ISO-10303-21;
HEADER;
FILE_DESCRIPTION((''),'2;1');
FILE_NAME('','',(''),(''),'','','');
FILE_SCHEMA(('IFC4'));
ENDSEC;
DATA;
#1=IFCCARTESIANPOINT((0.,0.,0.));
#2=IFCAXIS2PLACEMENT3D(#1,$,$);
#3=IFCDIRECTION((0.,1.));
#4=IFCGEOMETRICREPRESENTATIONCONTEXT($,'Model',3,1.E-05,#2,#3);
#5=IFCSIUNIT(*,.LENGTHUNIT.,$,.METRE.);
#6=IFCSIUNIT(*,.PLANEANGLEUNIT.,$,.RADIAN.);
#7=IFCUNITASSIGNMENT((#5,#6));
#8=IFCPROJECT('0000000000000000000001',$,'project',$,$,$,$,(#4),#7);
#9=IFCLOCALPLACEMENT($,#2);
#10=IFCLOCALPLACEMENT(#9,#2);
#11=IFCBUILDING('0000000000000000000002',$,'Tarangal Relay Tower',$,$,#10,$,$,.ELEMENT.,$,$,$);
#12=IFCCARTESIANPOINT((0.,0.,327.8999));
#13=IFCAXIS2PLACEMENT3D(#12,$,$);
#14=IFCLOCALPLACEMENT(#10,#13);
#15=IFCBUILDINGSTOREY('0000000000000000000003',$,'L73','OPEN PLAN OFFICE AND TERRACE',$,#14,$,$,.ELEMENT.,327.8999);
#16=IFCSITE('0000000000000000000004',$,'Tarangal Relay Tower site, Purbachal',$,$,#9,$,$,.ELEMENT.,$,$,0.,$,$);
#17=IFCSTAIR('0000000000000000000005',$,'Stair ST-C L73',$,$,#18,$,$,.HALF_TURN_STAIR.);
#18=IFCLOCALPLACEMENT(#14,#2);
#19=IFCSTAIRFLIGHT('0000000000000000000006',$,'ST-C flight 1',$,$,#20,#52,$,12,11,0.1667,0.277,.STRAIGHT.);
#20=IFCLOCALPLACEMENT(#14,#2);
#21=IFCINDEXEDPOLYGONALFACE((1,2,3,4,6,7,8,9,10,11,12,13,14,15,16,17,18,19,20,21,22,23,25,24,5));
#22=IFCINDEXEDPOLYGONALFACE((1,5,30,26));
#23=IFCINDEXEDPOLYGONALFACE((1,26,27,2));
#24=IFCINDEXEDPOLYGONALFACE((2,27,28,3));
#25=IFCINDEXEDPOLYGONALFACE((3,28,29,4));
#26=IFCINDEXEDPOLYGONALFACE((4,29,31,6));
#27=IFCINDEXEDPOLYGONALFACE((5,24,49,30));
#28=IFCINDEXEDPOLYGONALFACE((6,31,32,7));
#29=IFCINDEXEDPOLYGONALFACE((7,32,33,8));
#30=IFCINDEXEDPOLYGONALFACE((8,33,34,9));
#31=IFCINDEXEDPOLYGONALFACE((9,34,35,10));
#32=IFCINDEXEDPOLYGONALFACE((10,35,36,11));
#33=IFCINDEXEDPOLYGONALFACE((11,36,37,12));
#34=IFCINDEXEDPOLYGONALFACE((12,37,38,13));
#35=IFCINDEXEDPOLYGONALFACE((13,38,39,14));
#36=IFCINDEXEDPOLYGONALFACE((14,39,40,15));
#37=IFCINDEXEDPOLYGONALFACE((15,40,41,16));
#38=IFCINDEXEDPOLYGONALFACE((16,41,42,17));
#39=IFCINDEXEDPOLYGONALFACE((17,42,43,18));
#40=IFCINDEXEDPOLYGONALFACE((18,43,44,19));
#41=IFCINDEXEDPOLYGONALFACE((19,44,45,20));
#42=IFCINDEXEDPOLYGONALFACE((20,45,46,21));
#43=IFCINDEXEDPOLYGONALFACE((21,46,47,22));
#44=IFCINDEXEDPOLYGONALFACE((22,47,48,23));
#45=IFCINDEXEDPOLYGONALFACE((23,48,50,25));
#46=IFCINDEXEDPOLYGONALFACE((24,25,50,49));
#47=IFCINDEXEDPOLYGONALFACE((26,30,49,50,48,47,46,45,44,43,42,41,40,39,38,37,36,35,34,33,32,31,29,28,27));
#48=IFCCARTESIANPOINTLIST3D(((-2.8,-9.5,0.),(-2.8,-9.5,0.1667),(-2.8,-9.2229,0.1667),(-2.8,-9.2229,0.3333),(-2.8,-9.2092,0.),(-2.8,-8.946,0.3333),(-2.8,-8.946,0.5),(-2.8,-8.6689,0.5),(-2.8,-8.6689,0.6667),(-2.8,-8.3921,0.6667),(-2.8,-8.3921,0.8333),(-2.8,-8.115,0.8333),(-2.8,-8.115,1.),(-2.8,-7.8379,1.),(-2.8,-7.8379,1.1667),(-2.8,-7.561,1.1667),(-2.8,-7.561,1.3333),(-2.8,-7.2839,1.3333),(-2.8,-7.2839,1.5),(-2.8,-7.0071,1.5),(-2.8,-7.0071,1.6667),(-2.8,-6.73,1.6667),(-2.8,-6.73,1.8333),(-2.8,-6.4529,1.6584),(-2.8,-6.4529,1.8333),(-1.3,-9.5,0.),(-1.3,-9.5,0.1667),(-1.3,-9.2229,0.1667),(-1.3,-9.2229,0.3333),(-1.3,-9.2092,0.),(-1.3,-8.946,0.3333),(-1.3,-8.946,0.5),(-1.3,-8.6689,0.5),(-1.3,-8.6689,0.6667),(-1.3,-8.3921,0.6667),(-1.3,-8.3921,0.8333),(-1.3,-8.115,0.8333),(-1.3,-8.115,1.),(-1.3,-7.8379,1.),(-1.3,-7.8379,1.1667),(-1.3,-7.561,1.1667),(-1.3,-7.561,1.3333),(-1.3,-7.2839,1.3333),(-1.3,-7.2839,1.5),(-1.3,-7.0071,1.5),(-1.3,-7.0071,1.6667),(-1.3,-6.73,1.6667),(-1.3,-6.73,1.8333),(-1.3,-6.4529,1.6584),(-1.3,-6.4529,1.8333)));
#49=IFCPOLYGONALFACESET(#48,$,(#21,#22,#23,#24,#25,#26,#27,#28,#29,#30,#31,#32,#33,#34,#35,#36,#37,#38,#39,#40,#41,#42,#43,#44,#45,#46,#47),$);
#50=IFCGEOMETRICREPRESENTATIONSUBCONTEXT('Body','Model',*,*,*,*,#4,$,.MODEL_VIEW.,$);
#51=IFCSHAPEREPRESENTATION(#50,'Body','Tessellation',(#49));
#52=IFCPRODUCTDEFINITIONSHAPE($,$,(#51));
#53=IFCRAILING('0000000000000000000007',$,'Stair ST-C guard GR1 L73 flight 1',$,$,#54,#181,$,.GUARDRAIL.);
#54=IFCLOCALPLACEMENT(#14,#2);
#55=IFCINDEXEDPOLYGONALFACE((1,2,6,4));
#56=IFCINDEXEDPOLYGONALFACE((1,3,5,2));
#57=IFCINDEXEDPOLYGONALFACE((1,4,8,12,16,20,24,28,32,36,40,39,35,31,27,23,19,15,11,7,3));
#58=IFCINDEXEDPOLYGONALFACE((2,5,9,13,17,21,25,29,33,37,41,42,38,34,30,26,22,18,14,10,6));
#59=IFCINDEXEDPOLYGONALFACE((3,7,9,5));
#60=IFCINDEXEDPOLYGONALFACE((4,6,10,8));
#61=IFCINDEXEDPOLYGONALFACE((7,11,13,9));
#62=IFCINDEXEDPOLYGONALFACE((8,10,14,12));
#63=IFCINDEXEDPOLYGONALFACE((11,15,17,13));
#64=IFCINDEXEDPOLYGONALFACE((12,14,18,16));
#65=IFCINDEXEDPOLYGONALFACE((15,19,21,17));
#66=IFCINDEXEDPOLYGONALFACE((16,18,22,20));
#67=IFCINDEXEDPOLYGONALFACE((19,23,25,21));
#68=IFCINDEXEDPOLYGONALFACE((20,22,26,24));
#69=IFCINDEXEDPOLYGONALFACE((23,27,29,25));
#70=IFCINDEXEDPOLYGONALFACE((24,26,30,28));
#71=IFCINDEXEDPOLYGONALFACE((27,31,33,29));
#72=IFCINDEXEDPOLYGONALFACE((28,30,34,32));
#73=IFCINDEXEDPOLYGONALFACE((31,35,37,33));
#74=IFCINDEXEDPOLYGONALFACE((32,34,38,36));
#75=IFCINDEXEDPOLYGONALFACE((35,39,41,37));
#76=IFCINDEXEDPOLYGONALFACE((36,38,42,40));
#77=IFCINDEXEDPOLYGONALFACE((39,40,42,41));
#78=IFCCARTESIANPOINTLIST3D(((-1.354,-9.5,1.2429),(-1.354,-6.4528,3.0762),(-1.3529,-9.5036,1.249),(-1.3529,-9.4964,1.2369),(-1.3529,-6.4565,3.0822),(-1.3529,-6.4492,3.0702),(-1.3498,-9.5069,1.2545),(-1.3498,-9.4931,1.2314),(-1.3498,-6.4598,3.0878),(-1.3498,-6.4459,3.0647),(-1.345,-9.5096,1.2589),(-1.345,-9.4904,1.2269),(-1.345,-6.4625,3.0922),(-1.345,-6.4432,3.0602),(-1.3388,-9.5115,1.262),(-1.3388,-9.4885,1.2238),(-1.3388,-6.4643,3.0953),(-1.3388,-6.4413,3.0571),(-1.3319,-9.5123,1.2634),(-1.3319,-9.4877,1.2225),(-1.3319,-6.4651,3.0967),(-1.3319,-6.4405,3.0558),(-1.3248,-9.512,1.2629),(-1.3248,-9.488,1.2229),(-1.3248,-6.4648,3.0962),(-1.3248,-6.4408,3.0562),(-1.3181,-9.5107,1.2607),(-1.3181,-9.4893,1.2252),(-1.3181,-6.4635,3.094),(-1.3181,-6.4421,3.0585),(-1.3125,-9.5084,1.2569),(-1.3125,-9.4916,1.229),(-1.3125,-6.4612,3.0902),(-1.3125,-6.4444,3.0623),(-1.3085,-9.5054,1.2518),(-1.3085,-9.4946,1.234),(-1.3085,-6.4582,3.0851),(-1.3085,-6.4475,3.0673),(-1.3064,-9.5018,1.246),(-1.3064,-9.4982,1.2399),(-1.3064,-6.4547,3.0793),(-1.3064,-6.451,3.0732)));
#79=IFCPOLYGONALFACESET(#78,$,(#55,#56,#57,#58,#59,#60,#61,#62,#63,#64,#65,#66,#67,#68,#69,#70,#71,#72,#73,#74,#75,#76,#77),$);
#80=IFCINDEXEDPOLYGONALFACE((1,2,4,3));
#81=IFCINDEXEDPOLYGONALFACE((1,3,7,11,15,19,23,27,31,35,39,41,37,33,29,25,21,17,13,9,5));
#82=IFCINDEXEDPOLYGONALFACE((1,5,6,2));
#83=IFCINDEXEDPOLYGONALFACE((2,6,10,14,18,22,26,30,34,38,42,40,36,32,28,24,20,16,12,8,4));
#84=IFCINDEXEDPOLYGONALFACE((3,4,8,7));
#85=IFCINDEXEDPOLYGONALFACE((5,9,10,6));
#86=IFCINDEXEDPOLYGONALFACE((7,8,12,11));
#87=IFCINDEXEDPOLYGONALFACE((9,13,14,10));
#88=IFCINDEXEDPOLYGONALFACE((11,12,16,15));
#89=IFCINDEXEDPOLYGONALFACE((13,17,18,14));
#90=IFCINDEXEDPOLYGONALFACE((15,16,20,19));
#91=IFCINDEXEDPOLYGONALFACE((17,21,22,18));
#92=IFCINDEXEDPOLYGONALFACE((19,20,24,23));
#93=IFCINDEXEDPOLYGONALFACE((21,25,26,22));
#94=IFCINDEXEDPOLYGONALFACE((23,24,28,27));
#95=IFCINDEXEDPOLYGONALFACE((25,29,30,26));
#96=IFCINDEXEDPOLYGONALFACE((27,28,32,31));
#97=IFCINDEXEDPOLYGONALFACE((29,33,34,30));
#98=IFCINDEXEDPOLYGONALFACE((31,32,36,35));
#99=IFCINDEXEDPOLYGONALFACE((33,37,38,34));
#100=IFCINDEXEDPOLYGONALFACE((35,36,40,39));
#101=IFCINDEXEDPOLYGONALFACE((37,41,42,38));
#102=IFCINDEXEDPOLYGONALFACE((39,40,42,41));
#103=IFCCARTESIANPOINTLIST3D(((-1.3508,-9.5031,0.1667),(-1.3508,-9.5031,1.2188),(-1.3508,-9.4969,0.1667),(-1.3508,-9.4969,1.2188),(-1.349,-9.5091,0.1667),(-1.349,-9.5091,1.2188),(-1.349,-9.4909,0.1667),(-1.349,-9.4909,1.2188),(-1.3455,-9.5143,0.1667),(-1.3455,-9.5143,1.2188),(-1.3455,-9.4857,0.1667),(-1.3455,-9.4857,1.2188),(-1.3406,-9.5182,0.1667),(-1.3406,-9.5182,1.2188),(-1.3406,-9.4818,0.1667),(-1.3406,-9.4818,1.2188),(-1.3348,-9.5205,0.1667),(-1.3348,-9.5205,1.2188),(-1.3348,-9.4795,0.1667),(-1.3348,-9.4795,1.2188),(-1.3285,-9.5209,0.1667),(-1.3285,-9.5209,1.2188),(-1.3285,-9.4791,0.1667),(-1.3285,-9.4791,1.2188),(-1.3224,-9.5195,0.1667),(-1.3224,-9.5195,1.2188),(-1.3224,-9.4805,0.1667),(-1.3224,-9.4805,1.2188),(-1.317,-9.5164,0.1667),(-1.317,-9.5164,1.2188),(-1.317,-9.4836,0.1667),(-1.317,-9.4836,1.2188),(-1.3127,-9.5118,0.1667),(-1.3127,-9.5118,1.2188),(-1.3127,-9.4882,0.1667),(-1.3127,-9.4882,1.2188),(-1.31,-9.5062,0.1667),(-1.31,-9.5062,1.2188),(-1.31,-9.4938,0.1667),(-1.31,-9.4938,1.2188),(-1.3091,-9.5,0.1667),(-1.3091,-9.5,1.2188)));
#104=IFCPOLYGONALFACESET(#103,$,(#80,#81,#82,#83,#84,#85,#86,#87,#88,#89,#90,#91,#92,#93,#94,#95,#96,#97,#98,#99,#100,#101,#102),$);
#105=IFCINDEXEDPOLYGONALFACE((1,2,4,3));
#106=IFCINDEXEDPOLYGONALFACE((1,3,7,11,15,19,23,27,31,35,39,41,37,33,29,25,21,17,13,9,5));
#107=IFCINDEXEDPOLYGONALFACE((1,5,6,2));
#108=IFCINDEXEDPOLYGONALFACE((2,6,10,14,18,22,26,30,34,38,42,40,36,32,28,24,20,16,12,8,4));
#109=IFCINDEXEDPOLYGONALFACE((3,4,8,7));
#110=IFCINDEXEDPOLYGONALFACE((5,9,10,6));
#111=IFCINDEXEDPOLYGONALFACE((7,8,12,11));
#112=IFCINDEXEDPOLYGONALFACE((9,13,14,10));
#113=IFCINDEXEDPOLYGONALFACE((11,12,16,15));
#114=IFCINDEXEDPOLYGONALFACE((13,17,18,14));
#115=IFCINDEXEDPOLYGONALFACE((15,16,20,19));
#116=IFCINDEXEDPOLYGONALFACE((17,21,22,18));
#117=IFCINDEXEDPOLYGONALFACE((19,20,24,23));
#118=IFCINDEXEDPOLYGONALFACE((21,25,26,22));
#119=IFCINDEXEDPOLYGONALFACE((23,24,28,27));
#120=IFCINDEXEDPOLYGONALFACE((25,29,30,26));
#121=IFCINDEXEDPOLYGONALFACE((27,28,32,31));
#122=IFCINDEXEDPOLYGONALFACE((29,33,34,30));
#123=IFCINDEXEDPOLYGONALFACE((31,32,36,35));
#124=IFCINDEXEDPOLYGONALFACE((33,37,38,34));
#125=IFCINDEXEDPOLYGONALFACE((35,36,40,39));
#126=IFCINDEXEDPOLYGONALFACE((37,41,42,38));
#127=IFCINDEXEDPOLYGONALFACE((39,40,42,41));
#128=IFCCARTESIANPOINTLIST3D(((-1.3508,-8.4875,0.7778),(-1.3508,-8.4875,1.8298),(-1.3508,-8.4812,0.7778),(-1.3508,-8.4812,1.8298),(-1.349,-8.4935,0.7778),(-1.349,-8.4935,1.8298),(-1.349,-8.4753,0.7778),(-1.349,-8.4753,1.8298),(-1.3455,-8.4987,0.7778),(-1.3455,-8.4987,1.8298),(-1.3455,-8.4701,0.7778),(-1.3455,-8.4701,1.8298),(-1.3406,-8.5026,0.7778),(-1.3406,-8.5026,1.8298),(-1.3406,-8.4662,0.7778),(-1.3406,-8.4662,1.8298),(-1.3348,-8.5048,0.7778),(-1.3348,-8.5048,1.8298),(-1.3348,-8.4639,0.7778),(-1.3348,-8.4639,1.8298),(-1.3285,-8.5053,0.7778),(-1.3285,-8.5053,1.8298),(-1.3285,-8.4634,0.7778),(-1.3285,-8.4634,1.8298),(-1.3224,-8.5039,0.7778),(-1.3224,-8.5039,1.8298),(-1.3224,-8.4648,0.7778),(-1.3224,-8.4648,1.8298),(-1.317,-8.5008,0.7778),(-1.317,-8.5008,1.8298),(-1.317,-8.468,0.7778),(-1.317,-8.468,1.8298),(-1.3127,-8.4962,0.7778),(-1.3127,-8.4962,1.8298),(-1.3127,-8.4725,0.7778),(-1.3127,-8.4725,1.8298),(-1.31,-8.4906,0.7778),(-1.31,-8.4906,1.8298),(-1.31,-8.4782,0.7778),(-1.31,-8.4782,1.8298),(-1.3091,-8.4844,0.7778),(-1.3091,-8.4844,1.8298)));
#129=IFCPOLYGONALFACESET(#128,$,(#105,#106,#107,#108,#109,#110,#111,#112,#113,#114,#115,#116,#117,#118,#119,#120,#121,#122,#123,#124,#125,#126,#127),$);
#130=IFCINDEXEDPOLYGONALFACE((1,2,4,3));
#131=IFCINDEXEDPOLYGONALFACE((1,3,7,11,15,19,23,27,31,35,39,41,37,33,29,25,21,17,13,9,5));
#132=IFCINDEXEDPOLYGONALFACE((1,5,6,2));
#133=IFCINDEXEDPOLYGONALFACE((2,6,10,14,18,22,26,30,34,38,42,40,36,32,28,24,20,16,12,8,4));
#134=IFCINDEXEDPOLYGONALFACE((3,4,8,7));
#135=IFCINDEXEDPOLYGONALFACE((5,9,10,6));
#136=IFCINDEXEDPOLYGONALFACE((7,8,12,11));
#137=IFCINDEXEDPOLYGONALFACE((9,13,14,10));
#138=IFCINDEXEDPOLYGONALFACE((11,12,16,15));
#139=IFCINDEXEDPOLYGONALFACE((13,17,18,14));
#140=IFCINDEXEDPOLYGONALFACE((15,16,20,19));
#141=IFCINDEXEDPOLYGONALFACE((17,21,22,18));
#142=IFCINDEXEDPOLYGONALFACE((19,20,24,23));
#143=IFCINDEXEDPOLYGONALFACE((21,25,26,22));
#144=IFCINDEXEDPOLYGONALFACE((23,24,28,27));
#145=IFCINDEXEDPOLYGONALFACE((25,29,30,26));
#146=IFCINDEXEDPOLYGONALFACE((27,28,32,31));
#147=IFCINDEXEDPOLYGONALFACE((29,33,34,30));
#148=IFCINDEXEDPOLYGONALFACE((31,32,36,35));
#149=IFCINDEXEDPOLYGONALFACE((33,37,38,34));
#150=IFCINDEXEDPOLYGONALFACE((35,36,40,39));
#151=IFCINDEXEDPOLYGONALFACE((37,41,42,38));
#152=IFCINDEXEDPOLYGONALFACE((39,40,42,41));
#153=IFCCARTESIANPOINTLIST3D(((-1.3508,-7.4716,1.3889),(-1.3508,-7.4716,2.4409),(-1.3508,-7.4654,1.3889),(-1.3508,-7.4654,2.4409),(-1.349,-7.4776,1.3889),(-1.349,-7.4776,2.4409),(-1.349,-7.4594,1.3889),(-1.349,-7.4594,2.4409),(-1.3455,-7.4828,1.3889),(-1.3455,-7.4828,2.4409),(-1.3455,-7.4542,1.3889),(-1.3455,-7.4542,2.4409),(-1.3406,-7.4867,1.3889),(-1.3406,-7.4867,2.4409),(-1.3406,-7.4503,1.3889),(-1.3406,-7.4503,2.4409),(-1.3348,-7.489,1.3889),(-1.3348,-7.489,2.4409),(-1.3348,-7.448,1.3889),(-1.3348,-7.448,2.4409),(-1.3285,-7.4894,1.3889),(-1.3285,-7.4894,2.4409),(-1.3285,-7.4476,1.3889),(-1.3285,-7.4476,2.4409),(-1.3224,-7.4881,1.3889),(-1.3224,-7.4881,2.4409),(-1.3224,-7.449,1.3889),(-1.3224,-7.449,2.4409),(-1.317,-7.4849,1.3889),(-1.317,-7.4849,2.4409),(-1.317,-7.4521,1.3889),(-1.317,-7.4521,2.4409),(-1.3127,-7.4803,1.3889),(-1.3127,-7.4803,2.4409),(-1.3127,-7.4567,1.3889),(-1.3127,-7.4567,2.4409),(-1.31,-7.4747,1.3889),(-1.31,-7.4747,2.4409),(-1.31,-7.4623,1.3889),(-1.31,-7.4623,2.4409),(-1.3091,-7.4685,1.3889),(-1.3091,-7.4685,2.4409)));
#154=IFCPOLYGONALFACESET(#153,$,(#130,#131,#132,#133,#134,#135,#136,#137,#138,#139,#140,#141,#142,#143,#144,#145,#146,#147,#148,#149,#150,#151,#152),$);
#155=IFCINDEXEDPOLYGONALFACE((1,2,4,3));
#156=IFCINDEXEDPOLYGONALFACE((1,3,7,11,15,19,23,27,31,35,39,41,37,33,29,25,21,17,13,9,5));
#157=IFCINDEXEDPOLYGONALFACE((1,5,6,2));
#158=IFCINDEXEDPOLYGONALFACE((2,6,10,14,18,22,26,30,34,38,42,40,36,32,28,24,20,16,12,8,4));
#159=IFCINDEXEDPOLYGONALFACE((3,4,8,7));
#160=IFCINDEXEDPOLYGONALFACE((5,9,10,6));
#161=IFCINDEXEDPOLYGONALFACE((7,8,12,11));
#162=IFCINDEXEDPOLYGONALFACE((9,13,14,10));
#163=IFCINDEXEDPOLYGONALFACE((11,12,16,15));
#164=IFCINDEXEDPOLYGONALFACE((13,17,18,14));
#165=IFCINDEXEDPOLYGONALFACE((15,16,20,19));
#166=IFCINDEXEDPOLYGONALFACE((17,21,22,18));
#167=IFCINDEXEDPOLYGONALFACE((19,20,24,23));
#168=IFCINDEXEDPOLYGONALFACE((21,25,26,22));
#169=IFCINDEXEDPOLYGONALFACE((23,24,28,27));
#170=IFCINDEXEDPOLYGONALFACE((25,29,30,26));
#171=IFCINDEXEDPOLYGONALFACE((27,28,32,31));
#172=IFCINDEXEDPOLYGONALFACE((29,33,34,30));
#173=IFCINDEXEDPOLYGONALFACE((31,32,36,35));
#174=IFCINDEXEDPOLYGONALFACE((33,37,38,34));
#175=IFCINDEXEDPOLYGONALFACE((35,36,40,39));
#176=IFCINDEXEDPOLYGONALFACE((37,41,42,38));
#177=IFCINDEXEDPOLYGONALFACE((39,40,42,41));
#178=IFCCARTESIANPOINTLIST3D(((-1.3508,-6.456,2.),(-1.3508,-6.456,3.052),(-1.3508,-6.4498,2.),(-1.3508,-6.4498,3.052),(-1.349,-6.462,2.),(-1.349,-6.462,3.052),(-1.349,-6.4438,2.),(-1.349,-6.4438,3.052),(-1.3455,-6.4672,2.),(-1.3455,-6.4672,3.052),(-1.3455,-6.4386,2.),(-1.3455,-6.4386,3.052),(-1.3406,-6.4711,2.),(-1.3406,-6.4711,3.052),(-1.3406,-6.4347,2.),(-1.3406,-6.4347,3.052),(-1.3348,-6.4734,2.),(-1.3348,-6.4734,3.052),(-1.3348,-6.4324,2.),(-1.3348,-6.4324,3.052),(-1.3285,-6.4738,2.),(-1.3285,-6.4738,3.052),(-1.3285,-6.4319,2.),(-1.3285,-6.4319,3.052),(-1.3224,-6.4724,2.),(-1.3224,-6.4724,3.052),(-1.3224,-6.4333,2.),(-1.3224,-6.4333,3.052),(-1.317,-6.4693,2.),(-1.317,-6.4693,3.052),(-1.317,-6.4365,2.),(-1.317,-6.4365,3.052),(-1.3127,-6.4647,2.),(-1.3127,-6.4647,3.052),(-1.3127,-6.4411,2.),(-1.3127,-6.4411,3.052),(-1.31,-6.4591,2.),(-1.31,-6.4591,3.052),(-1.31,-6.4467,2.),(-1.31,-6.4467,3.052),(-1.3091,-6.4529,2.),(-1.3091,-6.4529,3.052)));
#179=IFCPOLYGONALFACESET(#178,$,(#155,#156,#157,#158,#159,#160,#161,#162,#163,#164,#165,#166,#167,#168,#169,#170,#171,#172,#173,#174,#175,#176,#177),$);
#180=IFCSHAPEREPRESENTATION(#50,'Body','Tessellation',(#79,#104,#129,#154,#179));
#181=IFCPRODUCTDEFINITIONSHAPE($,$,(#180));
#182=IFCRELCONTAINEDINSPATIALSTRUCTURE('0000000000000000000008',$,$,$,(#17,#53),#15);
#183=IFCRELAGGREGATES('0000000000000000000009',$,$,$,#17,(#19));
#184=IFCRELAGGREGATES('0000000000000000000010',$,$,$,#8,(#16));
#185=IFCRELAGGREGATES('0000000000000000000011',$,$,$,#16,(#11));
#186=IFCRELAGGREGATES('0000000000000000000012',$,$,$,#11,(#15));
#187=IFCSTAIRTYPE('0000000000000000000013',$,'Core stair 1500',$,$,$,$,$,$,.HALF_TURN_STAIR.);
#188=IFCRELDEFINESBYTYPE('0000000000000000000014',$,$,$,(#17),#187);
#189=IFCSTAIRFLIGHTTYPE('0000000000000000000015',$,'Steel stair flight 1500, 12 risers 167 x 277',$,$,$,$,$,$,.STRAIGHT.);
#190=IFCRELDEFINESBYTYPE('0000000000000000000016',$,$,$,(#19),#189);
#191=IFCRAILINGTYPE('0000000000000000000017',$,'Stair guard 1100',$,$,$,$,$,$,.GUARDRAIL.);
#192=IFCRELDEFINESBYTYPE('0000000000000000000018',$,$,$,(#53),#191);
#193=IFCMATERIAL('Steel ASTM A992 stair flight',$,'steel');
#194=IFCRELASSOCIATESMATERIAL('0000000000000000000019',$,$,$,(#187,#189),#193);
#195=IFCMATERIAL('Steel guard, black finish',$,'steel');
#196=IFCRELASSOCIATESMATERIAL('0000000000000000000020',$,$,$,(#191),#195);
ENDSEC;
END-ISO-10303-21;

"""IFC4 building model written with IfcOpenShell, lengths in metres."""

from ifc_helpers import new_model, si_unit, direction, frame, origin, origin_2d, place, context, subcontext, project, spatial, polyline, circle, outline, extrude, material, type_object, element, aggregate, save


model = new_model("IFC4")

# Units and contexts
model_context = context("Model", 3, precision=1e-05, world=origin(), true_north=direction((0.0, 1.0)))
body_context = subcontext(model_context, "Body", "Model", "MODEL_VIEW")
ifc_project = project(units=[si_unit("LENGTHUNIT", "METRE"), si_unit("PLANEANGLEUNIT", "RADIAN")], contexts=[model_context])

# Site, building, storey
site_placement = place(None, origin())
site = spatial("IfcSite", under=ifc_project, at=site_placement, Name="Tarangal Relay Tower site, Purbachal", CompositionType="ELEMENT", RefElevation=0.0)
building_placement = place(site_placement, origin())
building = spatial("IfcBuilding", under=site, at=building_placement, Name="Tarangal Relay Tower", CompositionType="ELEMENT")
storey_placement = place(building_placement, frame((0.0, 0.0, 327.8999)))
storey = spatial("IfcBuildingStorey", under=building, at=storey_placement, Name="L73", Description="OPEN PLAN OFFICE AND TERRACE", CompositionType="ELEMENT", Elevation=327.8999)

# Stair, stair flight
ifc_material_1 = material(Name="Steel ASTM A992 stair flight", Category="steel")
stair_type = type_object("IfcStairType", Name="Core stair 1500", PredefinedType="HALF_TURN_STAIR", material=ifc_material_1)
stair_placement = place(storey_placement, origin())
stair = element("IfcStair", 1, at=stair_placement, inside=storey, type_object=stair_type, Name="Stair ST-C L73", PredefinedType="HALF_TURN_STAIR")
stair_flight_type = type_object("IfcStairFlightType", Name="Steel stair flight 1500, 12 risers 167 x 277", PredefinedType="STRAIGHT", material=ifc_material_1)
stair_flight_placement = place(storey_placement, frame((-2.05, -9.5, 0.0), z_axis=(0.0, 0.0, 1.0), x_axis=(0.0, 1.0, 0.0)))
stair_flight = element("IfcStairFlight", 2, at=stair_flight_placement, type_object=stair_flight_type, Name="ST-C flight 1", NumberOfRisers=12, NumberOfTreads=11, PredefinedType="STRAIGHT", RiserHeight=0.1667, TreadLength=0.277, context=body_context, shape_type="SweptSolid", body=[
    extrude(outline(polyline([(0.0, 0.0), (0.0, 0.1667), (0.2771, 0.1667), (0.2771, 0.3333), (0.554, 0.3333), (0.554, 0.5), (0.8311, 0.5), (0.8311, 0.6667), (1.1079, 0.6667), (1.1079, 0.8333), (1.385, 0.8333), (1.385, 1.0), (1.6621, 1.0), (1.6621, 1.1667), (1.939, 1.1667), (1.939, 1.3333), (2.2161, 1.3333), (2.2161, 1.5), (2.4929, 1.5), (2.4929, 1.6667), (2.77, 1.6667), (2.77, 1.8333), (3.0471, 1.8333), (3.0471, 2.0), (3.0471, 1.6584), (0.2908, 0.0), (0.0, 0.0)])), frame((0.0, 0.75, 0.0), z_axis=(0.0, -1.0, 0.0), x_axis=(1.0, 0.0, 0.0)), (0.0, 0.0, 1.0), 1.5),
])
aggregate(stair, [stair_flight])

# Railing
ifc_material_2 = material(Name="Steel guard, black finish", Category="steel")
railing_type_1 = type_object("IfcRailingType", Name="Stair guard 1100", PredefinedType="GUARDRAIL", material=ifc_material_2)
railing_1_placement = place(storey_placement, frame((-1.3301, -9.5, 0.1667)))
element("IfcRailing", 3, at=railing_1_placement, inside=storey, type_object=railing_type_1, Name="Stair ST-C guard GR1 L73 flight 1", PredefinedType="GUARDRAIL", context=body_context, shape_type="SweptSolid", body=[
    extrude(circle(Radius=0.0239, at=origin_2d()), frame((0.0, 0.0, 1.0762), z_axis=(0.0, 0.856874, 0.515525), x_axis=(-1.0, 0.0, 0.0)), (0.0, 0.0, 1.0), 3.5562),
    extrude(circle(Radius=0.021, at=origin_2d()), origin(), (0.0, 0.0, 1.0), 1.052),
    extrude(circle(Radius=0.021, at=origin_2d()), frame((0.0, 1.0156, 0.6111)), (0.0, 0.0, 1.0), 1.052),
    extrude(circle(Radius=0.021, at=origin_2d()), frame((0.0, 2.0315, 1.2222)), (0.0, 0.0, 1.0), 1.052),
    extrude(circle(Radius=0.021, at=origin_2d()), frame((0.0, 3.0471, 1.8333)), (0.0, 0.0, 1.0), 1.052),
])

save(model, "model.ifc")
